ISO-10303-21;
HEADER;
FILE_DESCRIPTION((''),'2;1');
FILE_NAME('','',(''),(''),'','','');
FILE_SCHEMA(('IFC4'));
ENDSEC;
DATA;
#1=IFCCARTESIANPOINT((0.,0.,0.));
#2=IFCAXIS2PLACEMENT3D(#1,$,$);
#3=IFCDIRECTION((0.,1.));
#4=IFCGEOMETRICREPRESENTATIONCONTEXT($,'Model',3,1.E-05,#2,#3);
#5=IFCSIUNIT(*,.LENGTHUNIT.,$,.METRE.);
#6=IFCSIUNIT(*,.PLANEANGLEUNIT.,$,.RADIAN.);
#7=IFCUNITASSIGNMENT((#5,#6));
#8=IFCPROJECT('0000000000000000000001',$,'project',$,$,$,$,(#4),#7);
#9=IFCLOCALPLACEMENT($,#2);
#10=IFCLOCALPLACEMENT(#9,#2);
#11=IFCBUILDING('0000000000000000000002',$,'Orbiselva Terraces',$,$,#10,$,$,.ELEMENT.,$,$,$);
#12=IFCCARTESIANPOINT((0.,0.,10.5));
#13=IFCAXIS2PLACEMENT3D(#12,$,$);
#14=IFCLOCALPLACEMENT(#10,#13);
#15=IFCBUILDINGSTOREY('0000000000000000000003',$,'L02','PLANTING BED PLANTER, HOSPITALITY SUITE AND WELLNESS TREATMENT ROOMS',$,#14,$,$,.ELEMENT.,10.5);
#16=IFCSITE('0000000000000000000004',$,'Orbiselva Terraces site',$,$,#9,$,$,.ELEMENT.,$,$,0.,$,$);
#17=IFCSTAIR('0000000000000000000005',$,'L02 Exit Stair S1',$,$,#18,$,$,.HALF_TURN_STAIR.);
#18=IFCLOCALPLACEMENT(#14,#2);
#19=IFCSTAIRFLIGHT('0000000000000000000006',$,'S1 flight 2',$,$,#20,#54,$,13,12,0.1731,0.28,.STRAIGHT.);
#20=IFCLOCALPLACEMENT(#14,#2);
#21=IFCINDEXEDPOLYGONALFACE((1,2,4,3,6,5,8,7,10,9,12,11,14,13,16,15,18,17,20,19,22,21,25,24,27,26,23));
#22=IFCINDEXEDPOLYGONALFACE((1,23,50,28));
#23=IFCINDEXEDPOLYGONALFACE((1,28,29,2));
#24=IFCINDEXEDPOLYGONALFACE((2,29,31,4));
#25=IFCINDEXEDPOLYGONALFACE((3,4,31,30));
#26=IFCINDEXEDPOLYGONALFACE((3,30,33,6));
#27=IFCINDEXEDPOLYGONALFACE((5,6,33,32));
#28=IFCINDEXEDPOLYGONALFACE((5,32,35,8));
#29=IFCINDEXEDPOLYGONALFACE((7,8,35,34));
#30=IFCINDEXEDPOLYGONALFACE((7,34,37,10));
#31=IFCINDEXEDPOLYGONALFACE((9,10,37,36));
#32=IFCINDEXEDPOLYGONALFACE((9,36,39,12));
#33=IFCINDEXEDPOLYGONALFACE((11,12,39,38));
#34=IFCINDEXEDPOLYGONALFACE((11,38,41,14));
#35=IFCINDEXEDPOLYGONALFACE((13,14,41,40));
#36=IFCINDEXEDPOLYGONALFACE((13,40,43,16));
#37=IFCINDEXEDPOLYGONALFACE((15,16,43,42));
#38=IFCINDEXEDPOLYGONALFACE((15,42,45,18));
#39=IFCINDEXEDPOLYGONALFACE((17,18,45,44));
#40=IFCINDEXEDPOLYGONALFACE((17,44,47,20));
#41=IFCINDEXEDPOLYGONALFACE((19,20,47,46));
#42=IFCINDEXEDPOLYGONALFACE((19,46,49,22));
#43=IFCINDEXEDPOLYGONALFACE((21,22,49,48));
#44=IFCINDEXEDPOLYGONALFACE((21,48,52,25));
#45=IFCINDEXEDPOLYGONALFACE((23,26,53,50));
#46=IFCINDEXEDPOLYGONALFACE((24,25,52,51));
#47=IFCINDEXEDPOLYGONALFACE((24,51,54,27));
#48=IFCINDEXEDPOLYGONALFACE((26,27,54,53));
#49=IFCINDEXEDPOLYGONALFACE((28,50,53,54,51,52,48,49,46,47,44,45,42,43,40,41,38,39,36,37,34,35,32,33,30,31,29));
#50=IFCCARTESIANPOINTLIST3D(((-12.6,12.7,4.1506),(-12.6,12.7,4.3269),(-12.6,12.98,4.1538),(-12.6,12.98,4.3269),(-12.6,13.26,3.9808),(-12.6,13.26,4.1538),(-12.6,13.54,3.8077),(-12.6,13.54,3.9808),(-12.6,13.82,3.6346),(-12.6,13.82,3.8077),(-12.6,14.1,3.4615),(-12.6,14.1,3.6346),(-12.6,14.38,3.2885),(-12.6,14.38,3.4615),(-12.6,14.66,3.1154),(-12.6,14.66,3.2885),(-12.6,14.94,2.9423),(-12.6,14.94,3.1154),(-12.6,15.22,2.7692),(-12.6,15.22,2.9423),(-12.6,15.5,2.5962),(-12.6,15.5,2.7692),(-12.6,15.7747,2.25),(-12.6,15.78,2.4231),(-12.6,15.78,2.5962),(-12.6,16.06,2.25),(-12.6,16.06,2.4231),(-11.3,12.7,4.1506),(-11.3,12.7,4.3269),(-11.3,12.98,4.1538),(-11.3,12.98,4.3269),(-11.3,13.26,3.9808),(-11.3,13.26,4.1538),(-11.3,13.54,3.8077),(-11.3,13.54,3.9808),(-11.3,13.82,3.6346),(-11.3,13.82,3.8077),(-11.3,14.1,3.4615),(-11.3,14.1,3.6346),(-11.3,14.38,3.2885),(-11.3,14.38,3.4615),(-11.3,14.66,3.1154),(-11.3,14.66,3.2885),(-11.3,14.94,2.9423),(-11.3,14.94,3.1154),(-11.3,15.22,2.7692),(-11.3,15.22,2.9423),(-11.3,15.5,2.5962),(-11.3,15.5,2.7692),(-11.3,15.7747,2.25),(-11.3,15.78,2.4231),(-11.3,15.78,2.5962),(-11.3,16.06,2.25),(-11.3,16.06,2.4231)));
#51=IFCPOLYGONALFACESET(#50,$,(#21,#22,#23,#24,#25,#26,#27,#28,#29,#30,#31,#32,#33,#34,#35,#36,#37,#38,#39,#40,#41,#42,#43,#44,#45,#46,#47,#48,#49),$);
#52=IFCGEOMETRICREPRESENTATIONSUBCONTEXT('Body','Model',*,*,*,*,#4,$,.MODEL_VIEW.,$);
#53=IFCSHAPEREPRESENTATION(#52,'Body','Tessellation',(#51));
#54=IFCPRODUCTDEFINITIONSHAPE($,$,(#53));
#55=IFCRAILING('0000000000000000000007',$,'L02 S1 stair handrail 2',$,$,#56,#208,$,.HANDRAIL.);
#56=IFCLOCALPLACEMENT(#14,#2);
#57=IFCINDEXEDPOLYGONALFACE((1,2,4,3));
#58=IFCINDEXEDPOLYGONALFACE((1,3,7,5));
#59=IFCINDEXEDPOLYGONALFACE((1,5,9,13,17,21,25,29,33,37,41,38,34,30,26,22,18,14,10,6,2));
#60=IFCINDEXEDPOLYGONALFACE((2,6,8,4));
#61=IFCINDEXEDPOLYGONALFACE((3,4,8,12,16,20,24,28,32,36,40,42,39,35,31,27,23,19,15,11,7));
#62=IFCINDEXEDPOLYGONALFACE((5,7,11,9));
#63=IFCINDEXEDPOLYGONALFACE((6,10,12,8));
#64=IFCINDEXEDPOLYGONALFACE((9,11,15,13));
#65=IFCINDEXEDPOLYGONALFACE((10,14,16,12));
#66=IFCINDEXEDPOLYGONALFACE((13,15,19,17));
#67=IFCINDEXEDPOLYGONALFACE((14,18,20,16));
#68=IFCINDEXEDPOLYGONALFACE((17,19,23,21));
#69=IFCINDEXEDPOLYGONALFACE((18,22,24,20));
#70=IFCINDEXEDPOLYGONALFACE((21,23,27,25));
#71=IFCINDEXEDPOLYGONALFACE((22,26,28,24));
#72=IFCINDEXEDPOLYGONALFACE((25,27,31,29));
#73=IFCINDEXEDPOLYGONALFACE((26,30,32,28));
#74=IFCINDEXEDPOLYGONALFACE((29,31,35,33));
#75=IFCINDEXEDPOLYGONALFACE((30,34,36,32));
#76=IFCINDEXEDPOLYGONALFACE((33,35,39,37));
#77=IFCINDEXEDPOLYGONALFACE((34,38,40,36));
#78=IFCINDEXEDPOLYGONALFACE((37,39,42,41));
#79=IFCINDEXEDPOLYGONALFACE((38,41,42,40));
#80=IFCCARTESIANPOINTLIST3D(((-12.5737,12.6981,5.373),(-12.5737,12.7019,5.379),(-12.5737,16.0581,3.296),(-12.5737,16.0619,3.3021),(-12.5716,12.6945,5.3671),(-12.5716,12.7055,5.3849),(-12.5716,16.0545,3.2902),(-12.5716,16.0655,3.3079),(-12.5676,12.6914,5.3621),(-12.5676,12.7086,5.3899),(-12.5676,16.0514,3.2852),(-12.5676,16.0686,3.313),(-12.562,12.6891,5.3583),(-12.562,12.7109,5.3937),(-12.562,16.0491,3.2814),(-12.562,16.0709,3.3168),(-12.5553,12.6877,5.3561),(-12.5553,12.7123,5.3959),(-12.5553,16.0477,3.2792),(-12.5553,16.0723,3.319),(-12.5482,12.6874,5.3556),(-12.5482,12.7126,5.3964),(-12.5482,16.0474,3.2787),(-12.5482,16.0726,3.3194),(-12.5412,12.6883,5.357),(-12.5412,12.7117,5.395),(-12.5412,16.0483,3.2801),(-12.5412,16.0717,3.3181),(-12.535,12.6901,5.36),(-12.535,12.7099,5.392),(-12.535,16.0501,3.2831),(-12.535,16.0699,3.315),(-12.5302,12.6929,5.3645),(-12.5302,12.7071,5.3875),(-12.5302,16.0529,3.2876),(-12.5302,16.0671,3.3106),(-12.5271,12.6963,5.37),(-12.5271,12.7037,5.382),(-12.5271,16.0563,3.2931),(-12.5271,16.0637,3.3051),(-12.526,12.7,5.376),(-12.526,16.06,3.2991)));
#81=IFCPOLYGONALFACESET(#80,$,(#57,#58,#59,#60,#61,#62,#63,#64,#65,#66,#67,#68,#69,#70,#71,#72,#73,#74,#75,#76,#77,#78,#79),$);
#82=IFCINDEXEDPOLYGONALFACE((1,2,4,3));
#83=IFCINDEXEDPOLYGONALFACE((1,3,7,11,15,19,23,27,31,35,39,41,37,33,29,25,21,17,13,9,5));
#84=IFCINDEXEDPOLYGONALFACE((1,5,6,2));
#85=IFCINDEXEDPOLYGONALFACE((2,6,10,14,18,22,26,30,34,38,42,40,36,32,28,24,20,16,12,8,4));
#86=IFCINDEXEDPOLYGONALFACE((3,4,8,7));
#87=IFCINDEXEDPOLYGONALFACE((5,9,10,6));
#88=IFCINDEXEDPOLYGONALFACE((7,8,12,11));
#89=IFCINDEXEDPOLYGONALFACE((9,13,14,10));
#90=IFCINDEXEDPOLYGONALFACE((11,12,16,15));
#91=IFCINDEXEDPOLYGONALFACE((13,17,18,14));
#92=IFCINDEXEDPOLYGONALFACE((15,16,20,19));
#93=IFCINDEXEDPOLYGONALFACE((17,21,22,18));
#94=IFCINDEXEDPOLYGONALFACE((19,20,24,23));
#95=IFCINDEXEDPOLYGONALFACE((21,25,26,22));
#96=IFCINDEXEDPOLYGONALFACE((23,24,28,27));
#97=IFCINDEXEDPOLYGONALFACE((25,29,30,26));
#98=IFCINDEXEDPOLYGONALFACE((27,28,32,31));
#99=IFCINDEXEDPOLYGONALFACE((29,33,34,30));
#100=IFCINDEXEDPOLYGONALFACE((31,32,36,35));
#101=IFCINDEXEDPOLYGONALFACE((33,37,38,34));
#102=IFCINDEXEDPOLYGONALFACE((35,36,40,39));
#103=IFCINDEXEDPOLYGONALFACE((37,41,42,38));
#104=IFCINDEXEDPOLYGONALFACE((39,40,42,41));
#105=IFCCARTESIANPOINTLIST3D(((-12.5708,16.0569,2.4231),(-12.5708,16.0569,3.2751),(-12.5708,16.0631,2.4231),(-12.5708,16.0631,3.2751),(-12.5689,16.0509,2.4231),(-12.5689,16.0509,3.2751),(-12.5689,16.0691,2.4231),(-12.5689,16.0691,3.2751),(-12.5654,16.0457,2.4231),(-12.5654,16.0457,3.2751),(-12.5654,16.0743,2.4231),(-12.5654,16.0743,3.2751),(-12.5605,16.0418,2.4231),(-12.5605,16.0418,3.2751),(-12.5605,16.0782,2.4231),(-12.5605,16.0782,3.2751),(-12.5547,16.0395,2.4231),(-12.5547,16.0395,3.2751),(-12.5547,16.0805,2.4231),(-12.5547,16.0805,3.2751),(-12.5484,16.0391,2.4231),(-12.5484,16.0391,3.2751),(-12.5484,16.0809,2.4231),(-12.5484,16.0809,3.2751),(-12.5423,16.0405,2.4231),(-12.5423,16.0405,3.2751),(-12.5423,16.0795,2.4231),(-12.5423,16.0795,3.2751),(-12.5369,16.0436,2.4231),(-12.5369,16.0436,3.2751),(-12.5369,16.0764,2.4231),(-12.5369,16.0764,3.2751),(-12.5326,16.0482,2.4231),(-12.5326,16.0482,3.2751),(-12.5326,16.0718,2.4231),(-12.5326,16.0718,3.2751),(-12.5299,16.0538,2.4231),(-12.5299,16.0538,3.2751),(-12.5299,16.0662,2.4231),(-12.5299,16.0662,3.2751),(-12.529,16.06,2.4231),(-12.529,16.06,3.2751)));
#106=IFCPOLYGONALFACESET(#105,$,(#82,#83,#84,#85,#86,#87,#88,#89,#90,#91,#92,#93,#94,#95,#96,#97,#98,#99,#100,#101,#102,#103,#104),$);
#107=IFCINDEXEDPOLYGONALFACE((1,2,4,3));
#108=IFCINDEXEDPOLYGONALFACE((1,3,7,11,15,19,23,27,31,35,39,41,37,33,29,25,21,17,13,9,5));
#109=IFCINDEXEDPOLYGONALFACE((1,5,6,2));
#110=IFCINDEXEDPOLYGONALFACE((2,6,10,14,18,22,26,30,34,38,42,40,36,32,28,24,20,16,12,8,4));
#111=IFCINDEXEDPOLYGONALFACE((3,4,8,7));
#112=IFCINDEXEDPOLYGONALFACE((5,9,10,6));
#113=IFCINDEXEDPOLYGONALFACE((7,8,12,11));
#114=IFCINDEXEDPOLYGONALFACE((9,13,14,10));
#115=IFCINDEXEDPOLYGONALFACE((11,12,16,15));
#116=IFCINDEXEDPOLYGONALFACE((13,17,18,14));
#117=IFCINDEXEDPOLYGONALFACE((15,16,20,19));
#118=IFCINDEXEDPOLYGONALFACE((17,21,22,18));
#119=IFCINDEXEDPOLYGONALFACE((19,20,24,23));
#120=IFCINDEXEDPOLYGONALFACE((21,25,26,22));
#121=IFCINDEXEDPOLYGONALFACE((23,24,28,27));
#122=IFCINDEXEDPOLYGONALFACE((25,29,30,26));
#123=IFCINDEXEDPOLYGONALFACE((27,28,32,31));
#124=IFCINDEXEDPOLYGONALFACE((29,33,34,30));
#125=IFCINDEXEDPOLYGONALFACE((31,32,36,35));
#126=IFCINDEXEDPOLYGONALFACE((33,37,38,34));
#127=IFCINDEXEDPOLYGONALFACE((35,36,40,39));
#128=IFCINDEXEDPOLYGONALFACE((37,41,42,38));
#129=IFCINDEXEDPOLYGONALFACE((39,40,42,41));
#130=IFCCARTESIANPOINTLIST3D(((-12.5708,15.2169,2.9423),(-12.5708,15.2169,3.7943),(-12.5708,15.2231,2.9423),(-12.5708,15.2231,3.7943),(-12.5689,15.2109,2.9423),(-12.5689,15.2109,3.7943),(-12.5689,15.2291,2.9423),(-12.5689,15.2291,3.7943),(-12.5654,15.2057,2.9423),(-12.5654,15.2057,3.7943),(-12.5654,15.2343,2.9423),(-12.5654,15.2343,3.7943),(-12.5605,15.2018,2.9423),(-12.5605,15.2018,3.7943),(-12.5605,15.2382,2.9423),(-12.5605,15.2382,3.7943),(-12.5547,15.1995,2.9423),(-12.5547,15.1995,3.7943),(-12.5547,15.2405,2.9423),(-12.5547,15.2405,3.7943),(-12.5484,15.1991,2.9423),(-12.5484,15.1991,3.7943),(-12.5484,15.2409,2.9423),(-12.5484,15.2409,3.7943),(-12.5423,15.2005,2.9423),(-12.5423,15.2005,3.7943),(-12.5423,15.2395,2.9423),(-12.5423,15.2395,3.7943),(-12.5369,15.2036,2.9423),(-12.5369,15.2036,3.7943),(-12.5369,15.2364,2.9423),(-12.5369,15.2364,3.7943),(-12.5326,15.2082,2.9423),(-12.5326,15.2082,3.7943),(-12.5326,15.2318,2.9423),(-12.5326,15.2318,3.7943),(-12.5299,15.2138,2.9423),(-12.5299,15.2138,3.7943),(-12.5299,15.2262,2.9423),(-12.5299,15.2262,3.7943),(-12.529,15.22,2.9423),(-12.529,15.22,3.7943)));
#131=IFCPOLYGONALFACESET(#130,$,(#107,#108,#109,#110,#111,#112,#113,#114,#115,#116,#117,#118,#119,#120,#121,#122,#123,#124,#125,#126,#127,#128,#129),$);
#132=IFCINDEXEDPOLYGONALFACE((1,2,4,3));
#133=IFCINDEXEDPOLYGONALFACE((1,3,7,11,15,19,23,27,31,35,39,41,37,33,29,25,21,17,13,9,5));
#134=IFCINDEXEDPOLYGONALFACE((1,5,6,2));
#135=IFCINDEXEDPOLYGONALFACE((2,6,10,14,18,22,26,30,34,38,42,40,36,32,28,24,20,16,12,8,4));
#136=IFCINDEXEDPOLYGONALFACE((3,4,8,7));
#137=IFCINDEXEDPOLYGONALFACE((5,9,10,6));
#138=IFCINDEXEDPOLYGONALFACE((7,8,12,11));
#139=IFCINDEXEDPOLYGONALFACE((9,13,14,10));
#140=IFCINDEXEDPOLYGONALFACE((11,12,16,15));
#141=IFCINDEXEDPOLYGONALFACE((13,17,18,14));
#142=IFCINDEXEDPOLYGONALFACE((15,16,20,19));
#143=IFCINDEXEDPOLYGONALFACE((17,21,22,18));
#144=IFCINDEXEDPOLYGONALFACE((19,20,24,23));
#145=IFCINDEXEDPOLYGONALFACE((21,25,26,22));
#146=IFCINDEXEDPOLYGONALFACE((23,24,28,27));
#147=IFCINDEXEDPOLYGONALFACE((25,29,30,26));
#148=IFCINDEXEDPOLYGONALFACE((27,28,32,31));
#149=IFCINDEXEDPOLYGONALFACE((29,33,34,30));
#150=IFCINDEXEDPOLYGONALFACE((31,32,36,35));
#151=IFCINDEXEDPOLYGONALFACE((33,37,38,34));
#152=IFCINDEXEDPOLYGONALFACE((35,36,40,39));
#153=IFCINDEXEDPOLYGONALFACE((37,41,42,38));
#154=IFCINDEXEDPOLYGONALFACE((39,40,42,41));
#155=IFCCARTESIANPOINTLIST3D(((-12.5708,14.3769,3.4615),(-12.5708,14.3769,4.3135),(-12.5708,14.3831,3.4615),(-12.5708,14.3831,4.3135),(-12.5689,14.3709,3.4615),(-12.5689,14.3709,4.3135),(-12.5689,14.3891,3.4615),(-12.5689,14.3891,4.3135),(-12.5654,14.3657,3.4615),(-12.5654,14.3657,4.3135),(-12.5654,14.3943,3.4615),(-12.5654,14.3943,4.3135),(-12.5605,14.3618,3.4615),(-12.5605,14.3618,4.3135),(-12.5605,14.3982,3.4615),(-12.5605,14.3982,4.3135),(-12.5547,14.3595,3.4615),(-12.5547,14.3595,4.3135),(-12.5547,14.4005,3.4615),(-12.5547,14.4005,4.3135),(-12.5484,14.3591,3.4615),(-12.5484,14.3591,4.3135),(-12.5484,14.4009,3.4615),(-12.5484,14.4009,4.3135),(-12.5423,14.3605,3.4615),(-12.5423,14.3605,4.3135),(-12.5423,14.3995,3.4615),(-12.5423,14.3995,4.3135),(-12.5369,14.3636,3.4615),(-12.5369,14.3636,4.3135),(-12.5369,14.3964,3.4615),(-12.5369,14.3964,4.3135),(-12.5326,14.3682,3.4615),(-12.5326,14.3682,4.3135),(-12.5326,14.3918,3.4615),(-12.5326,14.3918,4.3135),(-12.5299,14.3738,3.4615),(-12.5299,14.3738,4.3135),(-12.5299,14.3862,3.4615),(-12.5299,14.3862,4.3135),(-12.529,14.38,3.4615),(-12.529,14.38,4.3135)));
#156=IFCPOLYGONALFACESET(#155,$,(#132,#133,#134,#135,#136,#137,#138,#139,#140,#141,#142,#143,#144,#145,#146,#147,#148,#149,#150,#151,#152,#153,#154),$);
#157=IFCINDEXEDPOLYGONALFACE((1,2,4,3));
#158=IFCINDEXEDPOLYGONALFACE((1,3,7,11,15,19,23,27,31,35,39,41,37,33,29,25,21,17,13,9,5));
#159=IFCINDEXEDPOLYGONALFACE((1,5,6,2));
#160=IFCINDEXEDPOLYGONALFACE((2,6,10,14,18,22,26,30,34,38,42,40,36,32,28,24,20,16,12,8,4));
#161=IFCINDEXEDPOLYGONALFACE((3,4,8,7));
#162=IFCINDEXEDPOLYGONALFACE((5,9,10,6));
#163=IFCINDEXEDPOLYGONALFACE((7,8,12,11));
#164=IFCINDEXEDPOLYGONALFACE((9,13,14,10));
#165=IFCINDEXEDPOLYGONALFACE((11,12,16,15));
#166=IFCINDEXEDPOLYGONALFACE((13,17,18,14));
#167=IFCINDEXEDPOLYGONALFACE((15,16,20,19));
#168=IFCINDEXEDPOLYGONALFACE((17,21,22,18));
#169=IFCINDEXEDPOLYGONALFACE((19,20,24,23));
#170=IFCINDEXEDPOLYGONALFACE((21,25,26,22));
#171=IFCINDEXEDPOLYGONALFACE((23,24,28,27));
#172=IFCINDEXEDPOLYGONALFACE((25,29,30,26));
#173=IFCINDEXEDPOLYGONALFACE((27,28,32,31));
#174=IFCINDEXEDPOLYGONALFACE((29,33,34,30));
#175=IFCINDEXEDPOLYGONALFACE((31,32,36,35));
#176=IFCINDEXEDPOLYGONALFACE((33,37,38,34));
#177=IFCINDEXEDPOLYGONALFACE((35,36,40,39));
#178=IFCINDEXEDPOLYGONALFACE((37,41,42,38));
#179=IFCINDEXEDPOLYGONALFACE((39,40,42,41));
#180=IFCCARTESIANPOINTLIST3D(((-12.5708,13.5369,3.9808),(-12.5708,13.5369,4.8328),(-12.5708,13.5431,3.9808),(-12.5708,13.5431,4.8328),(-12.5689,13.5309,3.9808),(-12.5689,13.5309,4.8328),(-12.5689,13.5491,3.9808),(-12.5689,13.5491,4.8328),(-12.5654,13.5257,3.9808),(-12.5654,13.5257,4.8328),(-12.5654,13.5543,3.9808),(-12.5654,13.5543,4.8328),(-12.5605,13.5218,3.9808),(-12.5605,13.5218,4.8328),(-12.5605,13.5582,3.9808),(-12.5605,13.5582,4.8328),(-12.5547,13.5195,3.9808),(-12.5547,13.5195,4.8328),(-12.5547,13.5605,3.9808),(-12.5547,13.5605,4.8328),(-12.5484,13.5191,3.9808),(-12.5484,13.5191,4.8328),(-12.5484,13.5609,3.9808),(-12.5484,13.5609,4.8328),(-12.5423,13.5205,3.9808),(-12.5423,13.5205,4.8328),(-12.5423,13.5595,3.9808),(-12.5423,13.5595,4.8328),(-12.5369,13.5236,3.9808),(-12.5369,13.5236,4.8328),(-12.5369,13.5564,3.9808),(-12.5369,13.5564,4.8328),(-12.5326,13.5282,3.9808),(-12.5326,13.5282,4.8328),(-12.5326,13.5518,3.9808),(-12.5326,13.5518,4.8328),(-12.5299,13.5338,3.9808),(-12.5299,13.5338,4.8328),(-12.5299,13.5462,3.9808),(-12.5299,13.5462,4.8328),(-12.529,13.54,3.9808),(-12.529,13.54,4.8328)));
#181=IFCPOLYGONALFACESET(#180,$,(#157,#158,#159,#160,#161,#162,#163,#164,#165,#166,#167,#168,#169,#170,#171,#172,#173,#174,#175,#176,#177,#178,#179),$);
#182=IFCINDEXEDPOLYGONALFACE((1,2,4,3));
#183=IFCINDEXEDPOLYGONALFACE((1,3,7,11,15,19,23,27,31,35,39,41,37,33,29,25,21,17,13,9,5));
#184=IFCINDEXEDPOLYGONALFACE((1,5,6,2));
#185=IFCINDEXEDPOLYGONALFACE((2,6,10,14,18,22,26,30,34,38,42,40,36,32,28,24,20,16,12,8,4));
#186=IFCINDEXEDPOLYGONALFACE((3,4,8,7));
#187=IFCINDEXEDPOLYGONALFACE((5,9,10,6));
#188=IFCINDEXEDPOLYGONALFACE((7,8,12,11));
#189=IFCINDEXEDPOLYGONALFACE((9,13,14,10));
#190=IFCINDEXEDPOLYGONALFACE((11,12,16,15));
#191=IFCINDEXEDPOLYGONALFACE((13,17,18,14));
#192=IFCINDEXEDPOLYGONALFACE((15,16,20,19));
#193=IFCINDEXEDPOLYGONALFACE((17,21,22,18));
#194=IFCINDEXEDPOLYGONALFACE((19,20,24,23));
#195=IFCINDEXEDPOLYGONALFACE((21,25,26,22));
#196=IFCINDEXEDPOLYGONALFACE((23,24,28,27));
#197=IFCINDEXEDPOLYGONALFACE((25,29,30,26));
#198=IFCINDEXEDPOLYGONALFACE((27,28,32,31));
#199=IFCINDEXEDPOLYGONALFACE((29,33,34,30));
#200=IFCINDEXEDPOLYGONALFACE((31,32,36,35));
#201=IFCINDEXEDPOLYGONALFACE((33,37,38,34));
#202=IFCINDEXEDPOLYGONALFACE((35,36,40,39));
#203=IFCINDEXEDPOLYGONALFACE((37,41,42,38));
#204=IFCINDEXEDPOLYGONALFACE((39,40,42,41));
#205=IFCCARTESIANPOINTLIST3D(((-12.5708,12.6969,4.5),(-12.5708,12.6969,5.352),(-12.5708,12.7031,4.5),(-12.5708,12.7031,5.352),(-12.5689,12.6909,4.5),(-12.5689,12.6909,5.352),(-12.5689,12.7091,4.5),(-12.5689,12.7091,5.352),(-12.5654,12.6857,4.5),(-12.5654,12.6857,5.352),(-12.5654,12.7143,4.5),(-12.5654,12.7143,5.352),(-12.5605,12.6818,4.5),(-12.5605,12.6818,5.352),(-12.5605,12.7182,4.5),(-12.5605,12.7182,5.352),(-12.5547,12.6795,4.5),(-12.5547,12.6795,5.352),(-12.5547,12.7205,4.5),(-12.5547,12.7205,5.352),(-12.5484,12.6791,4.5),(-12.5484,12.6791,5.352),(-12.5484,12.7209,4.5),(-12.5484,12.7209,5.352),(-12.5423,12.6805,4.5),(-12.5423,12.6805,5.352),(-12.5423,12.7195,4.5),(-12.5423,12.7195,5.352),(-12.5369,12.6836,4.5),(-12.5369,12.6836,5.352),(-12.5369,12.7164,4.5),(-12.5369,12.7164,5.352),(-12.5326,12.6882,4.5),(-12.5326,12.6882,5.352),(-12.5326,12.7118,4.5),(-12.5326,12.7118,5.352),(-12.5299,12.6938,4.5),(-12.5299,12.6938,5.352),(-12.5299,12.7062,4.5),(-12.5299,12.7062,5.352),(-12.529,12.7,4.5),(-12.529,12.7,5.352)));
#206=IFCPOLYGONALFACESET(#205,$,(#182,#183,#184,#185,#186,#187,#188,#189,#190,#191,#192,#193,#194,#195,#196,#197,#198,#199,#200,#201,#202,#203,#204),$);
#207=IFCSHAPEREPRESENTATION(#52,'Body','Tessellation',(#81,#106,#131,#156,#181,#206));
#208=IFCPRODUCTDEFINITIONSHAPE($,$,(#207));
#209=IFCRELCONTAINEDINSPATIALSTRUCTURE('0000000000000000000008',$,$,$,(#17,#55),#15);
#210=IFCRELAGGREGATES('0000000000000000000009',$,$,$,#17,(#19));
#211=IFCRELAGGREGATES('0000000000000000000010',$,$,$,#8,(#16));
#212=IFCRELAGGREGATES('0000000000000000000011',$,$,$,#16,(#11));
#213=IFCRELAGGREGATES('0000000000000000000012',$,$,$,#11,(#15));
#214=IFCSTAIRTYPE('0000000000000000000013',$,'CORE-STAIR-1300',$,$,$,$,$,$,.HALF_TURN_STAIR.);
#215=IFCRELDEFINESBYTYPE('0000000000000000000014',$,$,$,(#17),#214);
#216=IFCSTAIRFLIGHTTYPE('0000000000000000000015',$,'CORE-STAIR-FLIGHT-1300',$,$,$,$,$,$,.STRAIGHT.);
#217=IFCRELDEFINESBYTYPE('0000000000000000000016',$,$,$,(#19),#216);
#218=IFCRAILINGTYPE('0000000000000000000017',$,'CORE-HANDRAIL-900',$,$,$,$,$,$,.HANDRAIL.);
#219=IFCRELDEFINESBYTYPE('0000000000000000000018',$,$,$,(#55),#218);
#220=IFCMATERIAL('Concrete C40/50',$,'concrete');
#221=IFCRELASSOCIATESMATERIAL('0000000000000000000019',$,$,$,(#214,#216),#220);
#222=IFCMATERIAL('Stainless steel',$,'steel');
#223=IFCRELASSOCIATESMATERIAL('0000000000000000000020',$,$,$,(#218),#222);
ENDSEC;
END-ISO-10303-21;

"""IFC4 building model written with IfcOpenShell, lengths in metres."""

from ifc_helpers import new_model, si_unit, direction, frame, origin, origin_2d, place, context, subcontext, project, spatial, polyline, circle, outline, extrude, material, type_object, element, aggregate, save


model = new_model("IFC4")

# Units and contexts
model_context = context("Model", 3, precision=1e-05, world=origin(), true_north=direction((0.0, 1.0)))
body_context = subcontext(model_context, "Body", "Model", "MODEL_VIEW")
ifc_project = project(units=[si_unit("LENGTHUNIT", "METRE"), si_unit("PLANEANGLEUNIT", "RADIAN")], contexts=[model_context])

# Site, building, storey
site_placement = place(None, origin())
site = spatial("IfcSite", under=ifc_project, at=site_placement, Name="Orbiselva Terraces site", CompositionType="ELEMENT", RefElevation=0.0)
building_placement = place(site_placement, origin())
building = spatial("IfcBuilding", under=site, at=building_placement, Name="Orbiselva Terraces", CompositionType="ELEMENT")
storey_placement = place(building_placement, frame((0.0, 0.0, 10.5)))
storey = spatial("IfcBuildingStorey", under=building, at=storey_placement, Name="L02", Description="PLANTING BED PLANTER, HOSPITALITY SUITE AND WELLNESS TREATMENT ROOMS", CompositionType="ELEMENT", Elevation=10.5)

# Shared definitions
ifc_material_1 = material(Name="Concrete C40/50", Category="concrete")

# Stair, stair flight
stair_type = type_object("IfcStairType", Name="CORE-STAIR-1300", PredefinedType="HALF_TURN_STAIR", material=ifc_material_1)
stair_placement = place(storey_placement, origin())
stair = element("IfcStair", 1, at=stair_placement, inside=storey, type_object=stair_type, Name="L02 Exit Stair S1", PredefinedType="HALF_TURN_STAIR")
stair_flight_type = type_object("IfcStairFlightType", Name="CORE-STAIR-FLIGHT-1300", PredefinedType="STRAIGHT", material=ifc_material_1)
stair_flight_placement = place(storey_placement, frame((-11.95, 16.06, 2.25), z_axis=(0.0, 0.0, 1.0), x_axis=(0.0, -1.0, 0.0)))
stair_flight = element("IfcStairFlight", 2, at=stair_flight_placement, type_object=stair_flight_type, Name="S1 flight 2", NumberOfRisers=13, NumberOfTreads=12, PredefinedType="STRAIGHT", RiserHeight=0.1731, TreadLength=0.28, context=body_context, shape_type="SweptSolid", body=[
    extrude(outline(polyline([(0.0, 0.0), (0.0, 0.1731), (0.28, 0.1731), (0.28, 0.3462), (0.56, 0.3462), (0.56, 0.5192), (0.84, 0.5192), (0.84, 0.6923), (1.12, 0.6923), (1.12, 0.8654), (1.4, 0.8654), (1.4, 1.0385), (1.68, 1.0385), (1.68, 1.2115), (1.96, 1.2115), (1.96, 1.3846), (2.24, 1.3846), (2.24, 1.5577), (2.52, 1.5577), (2.52, 1.7308), (2.8, 1.7308), (2.8, 1.9038), (3.08, 1.9038), (3.08, 2.0769), (3.36, 2.0769), (3.36, 2.25), (3.36, 1.9006), (0.2853, 0.0), (0.0, 0.0)])), frame((0.0, 0.65, 0.0), z_axis=(0.0, -1.0, 0.0), x_axis=(1.0, 0.0, 0.0)), (0.0, 0.0, 1.0), 1.3),
])
aggregate(stair, [stair_flight])

# Railing
ifc_material_2 = material(Name="Stainless steel", Category="steel")
railing_type = type_object("IfcRailingType", Name="CORE-HANDRAIL-900", PredefinedType="HANDRAIL", material=ifc_material_2)
railing_placement = place(storey_placement, frame((-12.55, 16.06, 2.4231)))
element("IfcRailing", 3, at=railing_placement, inside=storey, type_object=railing_type, Name="L02 S1 stair handrail 2", PredefinedType="HANDRAIL", context=body_context, shape_type="SweptSolid", body=[
    extrude(circle(Radius=0.024, at=origin_2d()), frame((0.0, 0.0, 0.876), z_axis=(0.0, -0.850614, 0.525791), x_axis=(1.0, 0.0, 0.0)), (0.0, 0.0, 1.0), 3.9501),
    extrude(circle(Radius=0.021, at=origin_2d()), origin(), (0.0, 0.0, 1.0), 0.852),
    extrude(circle(Radius=0.021, at=origin_2d()), frame((0.0, -0.84, 0.5192)), (0.0, 0.0, 1.0), 0.852),
    extrude(circle(Radius=0.021, at=origin_2d()), frame((0.0, -1.68, 1.0385)), (0.0, 0.0, 1.0), 0.852),
    extrude(circle(Radius=0.021, at=origin_2d()), frame((0.0, -2.52, 1.5577)), (0.0, 0.0, 1.0), 0.852),
    extrude(circle(Radius=0.021, at=origin_2d()), frame((0.0, -3.36, 2.0769)), (0.0, 0.0, 1.0), 0.852),
])

save(model, "model.ifc")
